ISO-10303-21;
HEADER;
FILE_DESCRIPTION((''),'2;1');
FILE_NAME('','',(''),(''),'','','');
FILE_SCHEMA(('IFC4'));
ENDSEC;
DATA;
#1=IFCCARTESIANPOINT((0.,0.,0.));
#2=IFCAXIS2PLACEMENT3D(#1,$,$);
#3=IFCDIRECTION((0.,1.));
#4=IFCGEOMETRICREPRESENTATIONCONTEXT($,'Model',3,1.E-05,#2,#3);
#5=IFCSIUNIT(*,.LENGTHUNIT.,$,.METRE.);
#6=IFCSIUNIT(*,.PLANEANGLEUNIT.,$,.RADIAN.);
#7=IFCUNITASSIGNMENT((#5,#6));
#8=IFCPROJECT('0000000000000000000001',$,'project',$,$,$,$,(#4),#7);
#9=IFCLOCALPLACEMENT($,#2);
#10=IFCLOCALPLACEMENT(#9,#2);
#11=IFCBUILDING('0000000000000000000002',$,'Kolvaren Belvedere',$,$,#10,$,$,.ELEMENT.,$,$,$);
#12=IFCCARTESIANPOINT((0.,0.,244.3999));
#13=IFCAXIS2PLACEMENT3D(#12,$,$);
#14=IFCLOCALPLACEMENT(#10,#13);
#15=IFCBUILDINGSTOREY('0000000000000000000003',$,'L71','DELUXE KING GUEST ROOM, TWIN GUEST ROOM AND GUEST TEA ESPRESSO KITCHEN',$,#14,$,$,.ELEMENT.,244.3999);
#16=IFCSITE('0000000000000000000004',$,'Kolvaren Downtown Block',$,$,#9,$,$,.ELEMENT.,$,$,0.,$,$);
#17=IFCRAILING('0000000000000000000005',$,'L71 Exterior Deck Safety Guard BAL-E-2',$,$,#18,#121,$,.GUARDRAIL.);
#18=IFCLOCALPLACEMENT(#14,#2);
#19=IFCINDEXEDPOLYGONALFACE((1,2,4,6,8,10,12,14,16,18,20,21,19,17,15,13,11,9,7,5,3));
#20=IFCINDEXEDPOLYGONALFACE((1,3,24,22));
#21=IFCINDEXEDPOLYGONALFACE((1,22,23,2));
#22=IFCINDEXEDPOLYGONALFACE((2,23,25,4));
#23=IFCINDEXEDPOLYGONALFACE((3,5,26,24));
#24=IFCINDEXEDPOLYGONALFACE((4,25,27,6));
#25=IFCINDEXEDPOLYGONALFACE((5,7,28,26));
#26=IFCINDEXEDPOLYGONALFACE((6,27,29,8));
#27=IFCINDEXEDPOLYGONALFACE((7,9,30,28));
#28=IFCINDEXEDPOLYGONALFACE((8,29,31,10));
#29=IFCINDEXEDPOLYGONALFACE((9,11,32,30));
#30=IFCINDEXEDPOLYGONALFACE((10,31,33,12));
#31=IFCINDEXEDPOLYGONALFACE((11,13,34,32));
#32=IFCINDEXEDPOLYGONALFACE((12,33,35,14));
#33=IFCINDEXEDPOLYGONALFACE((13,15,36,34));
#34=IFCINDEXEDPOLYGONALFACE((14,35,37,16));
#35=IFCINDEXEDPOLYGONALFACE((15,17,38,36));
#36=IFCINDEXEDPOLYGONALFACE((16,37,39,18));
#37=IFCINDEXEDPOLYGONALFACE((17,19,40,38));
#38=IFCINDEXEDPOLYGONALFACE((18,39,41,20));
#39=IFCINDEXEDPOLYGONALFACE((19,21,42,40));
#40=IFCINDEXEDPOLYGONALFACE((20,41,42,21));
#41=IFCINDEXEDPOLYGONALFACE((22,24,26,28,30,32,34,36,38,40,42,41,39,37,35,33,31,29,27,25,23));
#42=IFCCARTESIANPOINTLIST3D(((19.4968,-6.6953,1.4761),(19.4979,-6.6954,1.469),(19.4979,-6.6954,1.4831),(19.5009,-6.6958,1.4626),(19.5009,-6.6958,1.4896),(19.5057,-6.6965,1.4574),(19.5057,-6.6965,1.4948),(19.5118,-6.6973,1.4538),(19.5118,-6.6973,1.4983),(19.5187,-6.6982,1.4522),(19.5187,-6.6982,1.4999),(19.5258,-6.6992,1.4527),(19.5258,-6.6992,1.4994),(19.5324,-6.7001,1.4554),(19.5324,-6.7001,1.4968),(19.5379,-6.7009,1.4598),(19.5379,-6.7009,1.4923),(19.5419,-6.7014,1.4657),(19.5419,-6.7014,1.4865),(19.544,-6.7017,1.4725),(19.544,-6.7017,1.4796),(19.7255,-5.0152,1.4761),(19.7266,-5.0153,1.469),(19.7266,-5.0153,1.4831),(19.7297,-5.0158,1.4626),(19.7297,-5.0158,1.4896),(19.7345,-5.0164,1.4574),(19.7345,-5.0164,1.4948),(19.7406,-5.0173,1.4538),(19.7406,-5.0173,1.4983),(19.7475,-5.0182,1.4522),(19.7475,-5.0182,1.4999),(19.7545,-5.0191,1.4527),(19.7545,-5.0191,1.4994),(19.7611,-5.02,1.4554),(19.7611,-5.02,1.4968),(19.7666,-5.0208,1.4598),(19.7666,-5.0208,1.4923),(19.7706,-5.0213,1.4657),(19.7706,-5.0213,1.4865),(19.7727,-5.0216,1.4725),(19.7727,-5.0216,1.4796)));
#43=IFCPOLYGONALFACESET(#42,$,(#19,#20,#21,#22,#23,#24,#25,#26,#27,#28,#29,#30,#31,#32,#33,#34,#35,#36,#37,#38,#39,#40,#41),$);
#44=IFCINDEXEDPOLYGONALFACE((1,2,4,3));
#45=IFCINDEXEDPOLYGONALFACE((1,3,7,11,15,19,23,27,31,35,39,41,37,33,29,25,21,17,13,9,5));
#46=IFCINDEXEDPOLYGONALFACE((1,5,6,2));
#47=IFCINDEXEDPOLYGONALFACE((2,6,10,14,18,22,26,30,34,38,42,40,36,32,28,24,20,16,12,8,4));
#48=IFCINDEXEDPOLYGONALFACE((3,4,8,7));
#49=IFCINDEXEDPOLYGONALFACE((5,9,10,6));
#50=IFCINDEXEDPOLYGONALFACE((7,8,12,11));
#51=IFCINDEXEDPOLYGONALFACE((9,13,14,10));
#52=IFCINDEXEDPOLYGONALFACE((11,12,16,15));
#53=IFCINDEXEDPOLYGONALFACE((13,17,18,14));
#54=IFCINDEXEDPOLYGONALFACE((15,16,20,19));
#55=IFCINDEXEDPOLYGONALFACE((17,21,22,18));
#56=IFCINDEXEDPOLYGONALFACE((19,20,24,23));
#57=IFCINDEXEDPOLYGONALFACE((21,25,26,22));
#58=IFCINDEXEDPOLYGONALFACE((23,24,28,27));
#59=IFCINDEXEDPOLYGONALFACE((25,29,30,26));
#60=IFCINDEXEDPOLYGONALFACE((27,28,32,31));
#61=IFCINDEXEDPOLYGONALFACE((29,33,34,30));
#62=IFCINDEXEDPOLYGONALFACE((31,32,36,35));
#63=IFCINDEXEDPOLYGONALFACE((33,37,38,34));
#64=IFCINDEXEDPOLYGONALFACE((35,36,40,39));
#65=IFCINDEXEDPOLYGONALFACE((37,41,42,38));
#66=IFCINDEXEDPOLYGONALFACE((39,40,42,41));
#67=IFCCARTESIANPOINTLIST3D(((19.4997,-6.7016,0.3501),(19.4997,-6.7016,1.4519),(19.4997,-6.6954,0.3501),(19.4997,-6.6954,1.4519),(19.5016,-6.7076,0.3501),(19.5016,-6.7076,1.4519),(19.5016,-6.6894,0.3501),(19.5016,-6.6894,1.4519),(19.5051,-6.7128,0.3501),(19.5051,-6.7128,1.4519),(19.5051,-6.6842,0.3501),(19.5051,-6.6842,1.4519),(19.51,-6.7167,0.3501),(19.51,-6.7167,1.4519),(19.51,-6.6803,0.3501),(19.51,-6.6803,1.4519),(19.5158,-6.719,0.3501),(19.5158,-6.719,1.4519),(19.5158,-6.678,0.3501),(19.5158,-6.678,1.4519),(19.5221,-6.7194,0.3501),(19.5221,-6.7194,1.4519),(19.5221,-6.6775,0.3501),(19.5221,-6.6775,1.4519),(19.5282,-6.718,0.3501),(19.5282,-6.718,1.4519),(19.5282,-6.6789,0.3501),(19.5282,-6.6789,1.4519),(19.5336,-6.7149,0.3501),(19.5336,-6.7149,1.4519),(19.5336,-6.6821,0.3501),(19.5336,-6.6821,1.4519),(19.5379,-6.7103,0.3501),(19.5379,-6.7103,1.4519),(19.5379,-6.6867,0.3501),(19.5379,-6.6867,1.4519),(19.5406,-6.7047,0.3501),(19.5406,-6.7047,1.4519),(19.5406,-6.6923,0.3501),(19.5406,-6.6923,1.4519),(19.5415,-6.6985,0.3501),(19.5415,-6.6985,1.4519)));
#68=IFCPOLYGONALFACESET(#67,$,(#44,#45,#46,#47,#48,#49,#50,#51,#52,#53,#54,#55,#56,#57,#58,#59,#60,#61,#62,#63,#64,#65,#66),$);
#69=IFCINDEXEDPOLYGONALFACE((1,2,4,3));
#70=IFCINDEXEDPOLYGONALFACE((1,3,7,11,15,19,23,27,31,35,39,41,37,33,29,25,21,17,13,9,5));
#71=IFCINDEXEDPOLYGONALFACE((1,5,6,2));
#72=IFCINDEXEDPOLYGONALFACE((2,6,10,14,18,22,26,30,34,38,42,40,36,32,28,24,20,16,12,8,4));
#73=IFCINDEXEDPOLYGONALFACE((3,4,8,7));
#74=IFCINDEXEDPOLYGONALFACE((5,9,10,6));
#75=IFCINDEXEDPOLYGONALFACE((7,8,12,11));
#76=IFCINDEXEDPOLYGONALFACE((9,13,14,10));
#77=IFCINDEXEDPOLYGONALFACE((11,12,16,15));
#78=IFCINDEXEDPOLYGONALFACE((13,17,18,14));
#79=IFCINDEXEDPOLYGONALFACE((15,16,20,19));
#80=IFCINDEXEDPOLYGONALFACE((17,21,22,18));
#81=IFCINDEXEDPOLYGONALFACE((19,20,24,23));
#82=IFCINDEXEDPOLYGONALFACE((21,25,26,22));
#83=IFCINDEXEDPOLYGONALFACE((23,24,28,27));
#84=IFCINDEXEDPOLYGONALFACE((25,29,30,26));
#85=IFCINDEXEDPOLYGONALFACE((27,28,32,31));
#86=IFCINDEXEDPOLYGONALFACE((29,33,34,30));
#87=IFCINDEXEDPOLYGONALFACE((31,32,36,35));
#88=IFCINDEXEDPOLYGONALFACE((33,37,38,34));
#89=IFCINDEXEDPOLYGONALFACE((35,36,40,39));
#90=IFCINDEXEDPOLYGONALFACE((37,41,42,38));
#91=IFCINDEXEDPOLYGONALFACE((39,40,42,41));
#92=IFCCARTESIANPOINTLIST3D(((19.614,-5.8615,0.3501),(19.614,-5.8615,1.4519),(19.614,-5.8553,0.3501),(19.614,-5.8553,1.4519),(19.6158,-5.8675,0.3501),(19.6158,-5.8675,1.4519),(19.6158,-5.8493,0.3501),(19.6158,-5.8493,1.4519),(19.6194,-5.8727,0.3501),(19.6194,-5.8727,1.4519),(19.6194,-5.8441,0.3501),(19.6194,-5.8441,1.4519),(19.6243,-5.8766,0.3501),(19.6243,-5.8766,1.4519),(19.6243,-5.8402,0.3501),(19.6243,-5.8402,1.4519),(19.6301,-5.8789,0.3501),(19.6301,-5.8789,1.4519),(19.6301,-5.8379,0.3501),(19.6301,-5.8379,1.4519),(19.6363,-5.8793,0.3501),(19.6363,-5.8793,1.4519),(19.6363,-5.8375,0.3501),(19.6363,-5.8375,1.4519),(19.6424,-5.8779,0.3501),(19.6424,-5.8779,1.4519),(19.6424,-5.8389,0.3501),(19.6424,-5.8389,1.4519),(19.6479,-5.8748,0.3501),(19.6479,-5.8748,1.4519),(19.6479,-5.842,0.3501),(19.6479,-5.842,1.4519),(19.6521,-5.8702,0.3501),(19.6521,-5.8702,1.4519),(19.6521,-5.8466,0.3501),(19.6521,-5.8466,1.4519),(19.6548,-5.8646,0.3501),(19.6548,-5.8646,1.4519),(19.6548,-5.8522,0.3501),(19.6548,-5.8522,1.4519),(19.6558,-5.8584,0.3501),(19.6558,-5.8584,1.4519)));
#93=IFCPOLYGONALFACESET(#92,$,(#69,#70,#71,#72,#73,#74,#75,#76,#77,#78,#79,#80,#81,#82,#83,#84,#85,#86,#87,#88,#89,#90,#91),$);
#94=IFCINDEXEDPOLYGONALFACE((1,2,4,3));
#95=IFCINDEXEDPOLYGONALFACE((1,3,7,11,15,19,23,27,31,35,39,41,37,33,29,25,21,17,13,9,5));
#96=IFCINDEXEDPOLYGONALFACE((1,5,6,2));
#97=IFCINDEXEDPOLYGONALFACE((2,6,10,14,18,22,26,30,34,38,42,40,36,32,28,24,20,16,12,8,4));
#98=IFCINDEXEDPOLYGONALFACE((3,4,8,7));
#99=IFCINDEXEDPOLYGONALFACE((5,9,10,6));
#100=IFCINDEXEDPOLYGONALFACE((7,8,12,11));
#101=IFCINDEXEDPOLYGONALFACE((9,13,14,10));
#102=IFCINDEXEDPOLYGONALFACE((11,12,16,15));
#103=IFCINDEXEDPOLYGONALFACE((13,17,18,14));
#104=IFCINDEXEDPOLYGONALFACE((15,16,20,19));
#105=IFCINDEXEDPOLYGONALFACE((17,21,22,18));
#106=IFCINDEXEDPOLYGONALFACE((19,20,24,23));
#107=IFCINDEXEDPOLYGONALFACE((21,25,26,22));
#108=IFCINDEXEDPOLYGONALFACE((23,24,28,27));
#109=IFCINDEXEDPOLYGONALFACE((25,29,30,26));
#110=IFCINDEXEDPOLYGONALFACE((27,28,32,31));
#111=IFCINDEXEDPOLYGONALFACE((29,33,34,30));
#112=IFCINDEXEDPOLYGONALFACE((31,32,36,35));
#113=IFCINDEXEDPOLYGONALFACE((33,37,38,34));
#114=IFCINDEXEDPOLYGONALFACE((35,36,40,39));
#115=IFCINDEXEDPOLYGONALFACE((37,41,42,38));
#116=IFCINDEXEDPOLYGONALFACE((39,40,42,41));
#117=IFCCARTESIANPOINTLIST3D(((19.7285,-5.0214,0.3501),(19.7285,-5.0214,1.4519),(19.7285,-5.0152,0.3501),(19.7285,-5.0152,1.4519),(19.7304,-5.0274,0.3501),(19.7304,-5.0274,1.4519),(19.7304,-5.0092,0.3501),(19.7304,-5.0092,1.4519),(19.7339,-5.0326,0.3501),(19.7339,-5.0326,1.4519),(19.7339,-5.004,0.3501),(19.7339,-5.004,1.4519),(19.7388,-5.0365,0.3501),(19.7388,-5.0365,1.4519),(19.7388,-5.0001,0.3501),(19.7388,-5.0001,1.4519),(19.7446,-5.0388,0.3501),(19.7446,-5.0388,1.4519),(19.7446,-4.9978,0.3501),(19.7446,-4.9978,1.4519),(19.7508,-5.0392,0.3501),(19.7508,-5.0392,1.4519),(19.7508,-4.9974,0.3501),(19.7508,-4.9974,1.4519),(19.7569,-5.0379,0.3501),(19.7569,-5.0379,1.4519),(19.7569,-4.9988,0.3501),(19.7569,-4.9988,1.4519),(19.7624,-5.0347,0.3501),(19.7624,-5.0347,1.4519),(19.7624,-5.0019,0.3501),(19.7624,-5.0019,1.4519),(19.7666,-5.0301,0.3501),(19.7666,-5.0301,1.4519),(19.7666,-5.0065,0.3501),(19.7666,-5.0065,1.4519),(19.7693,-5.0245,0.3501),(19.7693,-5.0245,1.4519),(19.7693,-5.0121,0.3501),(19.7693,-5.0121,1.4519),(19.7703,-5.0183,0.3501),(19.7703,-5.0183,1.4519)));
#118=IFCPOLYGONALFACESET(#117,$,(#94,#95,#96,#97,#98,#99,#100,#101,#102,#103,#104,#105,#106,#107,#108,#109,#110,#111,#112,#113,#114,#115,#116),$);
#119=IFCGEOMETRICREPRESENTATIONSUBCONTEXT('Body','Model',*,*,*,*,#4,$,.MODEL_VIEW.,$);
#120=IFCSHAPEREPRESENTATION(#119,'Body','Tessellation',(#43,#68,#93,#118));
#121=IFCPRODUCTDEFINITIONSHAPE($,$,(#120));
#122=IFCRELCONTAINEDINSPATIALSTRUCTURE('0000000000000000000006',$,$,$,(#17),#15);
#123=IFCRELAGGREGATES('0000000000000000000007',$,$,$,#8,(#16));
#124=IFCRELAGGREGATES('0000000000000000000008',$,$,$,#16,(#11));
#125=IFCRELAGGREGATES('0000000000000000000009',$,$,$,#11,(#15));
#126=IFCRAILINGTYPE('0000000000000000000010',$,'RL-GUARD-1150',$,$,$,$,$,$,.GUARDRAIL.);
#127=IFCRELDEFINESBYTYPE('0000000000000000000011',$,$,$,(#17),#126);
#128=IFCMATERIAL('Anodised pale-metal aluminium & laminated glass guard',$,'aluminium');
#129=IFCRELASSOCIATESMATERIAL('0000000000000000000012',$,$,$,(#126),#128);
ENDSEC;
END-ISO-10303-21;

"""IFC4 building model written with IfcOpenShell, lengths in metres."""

from ifc_helpers import new_model, si_unit, direction, frame, origin, origin_2d, place, context, subcontext, project, spatial, circle, extrude, material, type_object, element, save


model = new_model("IFC4")

# Units and contexts
model_context = context("Model", 3, precision=1e-05, world=origin(), true_north=direction((0.0, 1.0)))
body_context = subcontext(model_context, "Body", "Model", "MODEL_VIEW")
ifc_project = project(units=[si_unit("LENGTHUNIT", "METRE"), si_unit("PLANEANGLEUNIT", "RADIAN")], contexts=[model_context])

# Site, building, storey
site_placement = place(None, origin())
site = spatial("IfcSite", under=ifc_project, at=site_placement, Name="Kolvaren Downtown Block", CompositionType="ELEMENT", RefElevation=0.0)
building_placement = place(site_placement, origin())
building = spatial("IfcBuilding", under=site, at=building_placement, Name="Kolvaren Belvedere", CompositionType="ELEMENT")
storey_placement = place(building_placement, frame((0.0, 0.0, 244.3999)))
storey = spatial("IfcBuildingStorey", under=building, at=storey_placement, Name="L71", Description="DELUXE KING GUEST ROOM, TWIN GUEST ROOM AND GUEST TEA ESPRESSO KITCHEN", CompositionType="ELEMENT", Elevation=244.3999)

# Railing
ifc_material_1 = material(Name="Anodised pale-metal aluminium & laminated glass guard", Category="aluminium")
railing_type = type_object("IfcRailingType", Name="RL-GUARD-1150", PredefinedType="GUARDRAIL", material=ifc_material_1)
railing_1_placement = place(storey_placement, frame((19.5205, -6.6985, 0.3501)))
element("IfcRailing", 1, at=railing_1_placement, inside=storey, type_object=railing_type, Name="L71 Exterior Deck Safety Guard BAL-E-2", PredefinedType="GUARDRAIL", context=body_context, shape_type="SweptSolid", body=[
    extrude(circle(Radius=0.0239, at=origin_2d()), frame((0.0, 0.0, 1.126), z_axis=(0.134908, 0.990858, 0.0), x_axis=(-0.990858, 0.134908, 0.0)), (0.0, 0.0, 1.0), 1.6956),
    extrude(circle(Radius=0.021, at=origin_2d()), origin(), (0.0, 0.0, 1.0), 1.1018),
    extrude(circle(Radius=0.021, at=origin_2d()), frame((0.1143, 0.8401, 0.0)), (0.0, 0.0, 1.0), 1.1018),
    extrude(circle(Radius=0.021, at=origin_2d()), frame((0.2288, 1.6802, 0.0)), (0.0, 0.0, 1.0), 1.1018),
])

save(model, "model.ifc")
